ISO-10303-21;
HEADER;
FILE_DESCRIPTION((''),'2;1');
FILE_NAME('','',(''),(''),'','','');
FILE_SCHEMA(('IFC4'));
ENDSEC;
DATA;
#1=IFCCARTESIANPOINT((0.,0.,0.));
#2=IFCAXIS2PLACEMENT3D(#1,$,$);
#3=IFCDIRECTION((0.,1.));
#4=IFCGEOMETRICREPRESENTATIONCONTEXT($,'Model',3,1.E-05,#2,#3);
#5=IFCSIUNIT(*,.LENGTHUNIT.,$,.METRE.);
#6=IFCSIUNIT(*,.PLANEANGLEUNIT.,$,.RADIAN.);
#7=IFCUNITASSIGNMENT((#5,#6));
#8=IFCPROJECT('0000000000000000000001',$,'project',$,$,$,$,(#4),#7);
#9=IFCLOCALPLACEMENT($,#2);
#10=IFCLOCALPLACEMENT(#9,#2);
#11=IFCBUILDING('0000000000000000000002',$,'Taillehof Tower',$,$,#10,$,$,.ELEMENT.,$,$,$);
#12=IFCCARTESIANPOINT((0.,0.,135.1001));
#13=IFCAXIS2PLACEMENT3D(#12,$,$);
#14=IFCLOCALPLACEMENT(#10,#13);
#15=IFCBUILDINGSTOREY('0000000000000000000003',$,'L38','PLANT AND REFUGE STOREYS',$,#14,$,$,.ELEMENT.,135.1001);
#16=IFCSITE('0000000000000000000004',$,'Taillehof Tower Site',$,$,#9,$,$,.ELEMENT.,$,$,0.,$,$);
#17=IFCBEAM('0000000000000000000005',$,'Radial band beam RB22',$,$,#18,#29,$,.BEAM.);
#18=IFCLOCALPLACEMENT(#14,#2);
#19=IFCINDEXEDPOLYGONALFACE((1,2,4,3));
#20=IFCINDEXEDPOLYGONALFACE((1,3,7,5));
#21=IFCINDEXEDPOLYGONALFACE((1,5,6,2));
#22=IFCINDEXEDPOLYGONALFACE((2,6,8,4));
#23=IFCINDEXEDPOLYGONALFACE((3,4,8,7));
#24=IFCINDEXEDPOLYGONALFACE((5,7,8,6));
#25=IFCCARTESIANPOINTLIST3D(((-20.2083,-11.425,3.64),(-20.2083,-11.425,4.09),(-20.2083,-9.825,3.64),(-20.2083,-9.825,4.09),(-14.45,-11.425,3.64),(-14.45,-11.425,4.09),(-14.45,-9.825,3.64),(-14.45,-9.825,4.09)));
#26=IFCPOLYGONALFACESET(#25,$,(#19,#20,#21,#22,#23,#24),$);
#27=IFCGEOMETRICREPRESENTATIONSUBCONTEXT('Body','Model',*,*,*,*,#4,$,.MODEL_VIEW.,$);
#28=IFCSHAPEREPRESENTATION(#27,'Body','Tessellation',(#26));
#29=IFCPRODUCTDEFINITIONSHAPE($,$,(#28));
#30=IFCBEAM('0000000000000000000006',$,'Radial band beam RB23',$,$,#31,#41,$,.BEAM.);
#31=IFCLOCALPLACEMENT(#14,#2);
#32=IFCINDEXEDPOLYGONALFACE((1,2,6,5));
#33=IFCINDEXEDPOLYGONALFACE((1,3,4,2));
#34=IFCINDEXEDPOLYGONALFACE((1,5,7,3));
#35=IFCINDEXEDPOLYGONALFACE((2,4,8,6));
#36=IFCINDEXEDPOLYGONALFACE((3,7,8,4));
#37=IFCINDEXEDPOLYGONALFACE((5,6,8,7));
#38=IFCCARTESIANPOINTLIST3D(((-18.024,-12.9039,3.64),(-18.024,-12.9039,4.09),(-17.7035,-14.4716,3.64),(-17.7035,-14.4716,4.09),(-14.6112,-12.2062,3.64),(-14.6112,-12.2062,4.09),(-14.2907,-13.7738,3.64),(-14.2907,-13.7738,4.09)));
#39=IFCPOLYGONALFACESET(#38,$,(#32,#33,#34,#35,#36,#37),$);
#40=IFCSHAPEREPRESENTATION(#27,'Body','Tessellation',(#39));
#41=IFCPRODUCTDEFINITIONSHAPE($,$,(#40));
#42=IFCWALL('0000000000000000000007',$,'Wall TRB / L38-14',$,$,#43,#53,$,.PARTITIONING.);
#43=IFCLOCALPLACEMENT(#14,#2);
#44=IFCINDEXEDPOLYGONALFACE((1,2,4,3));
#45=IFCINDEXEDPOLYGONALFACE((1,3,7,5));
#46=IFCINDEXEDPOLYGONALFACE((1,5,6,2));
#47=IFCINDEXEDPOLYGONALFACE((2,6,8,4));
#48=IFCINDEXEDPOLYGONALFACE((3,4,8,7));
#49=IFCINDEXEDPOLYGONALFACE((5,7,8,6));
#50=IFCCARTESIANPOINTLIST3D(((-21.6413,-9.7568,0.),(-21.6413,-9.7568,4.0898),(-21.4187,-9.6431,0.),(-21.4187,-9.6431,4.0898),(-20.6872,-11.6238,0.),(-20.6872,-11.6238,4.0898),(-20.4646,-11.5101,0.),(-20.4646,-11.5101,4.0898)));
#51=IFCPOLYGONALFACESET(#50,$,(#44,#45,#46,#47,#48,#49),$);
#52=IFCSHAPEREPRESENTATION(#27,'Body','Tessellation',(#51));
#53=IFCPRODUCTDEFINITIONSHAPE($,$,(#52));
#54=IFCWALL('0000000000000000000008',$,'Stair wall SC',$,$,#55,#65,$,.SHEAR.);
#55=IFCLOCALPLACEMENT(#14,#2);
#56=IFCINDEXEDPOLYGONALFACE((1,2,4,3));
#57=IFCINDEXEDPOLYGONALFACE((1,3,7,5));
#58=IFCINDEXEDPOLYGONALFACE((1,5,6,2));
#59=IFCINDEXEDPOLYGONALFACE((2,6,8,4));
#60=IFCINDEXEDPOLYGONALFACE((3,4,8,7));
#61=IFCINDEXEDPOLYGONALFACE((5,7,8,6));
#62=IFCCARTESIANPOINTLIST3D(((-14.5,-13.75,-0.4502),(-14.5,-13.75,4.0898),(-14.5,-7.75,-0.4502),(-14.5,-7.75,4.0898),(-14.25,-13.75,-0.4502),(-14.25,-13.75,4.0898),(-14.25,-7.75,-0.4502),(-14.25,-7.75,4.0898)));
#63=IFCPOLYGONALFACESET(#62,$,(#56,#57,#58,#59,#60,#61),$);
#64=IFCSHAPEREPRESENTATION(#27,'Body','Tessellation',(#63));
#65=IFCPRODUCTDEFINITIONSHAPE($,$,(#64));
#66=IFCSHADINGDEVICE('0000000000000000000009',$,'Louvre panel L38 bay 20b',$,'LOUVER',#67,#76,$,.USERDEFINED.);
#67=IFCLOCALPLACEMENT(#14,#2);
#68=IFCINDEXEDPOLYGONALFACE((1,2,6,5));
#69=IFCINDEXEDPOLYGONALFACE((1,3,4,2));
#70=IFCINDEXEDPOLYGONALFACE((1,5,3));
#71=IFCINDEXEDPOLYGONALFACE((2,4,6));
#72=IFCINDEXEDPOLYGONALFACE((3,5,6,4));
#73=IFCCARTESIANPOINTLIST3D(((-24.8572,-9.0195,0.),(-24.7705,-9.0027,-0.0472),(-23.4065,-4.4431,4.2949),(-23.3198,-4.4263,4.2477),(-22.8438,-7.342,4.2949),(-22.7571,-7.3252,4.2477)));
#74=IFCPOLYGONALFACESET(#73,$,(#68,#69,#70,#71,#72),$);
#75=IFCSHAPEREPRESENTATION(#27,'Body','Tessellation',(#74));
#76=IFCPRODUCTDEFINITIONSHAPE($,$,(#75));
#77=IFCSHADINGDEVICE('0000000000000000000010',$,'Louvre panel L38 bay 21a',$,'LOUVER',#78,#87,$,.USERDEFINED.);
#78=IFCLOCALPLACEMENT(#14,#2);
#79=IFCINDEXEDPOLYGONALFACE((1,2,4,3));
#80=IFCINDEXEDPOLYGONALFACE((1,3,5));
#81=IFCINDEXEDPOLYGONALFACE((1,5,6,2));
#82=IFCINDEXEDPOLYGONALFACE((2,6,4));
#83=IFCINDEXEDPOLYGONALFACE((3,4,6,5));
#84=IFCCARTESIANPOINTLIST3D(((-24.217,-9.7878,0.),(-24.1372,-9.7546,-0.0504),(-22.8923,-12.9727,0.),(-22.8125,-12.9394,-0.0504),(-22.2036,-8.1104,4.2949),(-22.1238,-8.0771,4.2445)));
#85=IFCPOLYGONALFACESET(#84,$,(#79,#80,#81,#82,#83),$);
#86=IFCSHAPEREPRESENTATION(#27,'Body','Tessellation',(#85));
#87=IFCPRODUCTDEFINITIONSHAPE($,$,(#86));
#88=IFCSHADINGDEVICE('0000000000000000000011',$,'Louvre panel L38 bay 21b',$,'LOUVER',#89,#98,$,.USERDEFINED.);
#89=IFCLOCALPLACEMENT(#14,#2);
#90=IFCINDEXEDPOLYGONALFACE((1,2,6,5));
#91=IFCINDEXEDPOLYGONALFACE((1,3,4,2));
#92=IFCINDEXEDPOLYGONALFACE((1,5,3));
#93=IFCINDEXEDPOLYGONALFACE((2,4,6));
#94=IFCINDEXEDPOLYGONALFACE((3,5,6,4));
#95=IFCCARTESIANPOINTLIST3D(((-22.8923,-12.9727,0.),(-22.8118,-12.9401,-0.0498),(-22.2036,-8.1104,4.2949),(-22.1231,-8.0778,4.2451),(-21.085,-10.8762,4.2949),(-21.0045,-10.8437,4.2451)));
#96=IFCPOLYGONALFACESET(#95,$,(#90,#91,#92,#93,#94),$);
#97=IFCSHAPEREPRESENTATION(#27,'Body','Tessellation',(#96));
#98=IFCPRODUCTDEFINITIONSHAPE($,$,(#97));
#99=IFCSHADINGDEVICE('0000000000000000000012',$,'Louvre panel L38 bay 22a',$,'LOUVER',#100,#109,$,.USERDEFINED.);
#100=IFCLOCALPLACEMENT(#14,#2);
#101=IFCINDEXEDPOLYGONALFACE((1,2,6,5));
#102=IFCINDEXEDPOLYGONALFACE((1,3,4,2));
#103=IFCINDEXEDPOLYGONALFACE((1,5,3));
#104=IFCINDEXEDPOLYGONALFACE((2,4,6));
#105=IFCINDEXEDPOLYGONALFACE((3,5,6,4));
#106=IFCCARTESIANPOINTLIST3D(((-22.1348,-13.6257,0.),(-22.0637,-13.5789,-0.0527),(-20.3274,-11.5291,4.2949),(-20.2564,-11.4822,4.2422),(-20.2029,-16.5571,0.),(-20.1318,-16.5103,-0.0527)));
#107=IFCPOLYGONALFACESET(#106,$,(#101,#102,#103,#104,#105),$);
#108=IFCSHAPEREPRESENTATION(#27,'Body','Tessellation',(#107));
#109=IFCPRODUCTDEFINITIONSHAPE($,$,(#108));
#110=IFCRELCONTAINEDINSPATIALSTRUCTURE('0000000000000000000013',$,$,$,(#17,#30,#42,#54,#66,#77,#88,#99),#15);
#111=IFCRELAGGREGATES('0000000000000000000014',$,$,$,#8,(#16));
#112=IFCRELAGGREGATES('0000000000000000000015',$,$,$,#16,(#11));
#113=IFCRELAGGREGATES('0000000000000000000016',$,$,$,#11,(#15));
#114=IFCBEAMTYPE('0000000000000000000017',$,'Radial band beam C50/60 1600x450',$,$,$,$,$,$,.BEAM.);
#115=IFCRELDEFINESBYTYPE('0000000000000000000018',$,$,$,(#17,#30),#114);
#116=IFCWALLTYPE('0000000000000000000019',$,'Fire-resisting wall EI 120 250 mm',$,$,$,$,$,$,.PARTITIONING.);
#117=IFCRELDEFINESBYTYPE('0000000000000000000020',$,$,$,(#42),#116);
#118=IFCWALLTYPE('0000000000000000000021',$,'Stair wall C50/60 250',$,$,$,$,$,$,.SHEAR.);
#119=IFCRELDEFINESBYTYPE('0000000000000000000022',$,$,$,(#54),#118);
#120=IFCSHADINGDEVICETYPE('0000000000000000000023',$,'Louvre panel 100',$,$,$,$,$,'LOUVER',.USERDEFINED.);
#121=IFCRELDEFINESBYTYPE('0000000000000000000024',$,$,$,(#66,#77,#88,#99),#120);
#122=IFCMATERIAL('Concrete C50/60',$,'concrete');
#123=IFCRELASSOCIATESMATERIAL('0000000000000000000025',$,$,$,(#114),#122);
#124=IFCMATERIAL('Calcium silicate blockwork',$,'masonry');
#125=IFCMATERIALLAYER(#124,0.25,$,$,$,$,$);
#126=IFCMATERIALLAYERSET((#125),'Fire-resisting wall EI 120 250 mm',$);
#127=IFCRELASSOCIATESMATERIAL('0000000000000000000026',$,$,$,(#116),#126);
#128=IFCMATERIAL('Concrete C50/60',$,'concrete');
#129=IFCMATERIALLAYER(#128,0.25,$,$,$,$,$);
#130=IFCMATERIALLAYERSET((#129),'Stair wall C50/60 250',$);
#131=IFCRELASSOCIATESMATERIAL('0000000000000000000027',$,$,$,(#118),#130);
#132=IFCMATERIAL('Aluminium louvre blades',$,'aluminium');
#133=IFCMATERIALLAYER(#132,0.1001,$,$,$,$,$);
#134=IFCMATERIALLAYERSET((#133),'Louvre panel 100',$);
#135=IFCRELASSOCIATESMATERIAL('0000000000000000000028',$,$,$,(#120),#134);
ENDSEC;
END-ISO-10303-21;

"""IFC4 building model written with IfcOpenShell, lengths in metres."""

from ifc_helpers import new_model, si_unit, direction, frame, frame_2d, origin, origin_2d, place, context, subcontext, project, spatial, polyline, rectangle, outline, extrude, material, layer, layer_set, material_profile, profile_set, type_object, element, save


model = new_model("IFC4")

# Units and contexts
model_context = context("Model", 3, precision=1e-05, world=origin(), true_north=direction((0.0, 1.0)))
body_context = subcontext(model_context, "Body", "Model", "MODEL_VIEW")
ifc_project = project(units=[si_unit("LENGTHUNIT", "METRE"), si_unit("PLANEANGLEUNIT", "RADIAN")], contexts=[model_context])

# Site, building, storey
site_placement = place(None, origin())
site = spatial("IfcSite", under=ifc_project, at=site_placement, Name="Taillehof Tower Site", CompositionType="ELEMENT", RefElevation=0.0)
building_placement = place(site_placement, origin())
building = spatial("IfcBuilding", under=site, at=building_placement, Name="Taillehof Tower", CompositionType="ELEMENT")
storey_placement = place(building_placement, frame((0.0, 0.0, 135.1001)))
storey = spatial("IfcBuildingStorey", under=building, at=storey_placement, Name="L38", Description="PLANT AND REFUGE STOREYS", CompositionType="ELEMENT", Elevation=135.1001)

# Beams
ifc_material_1 = material(Name="Concrete C50/60", Category="concrete")
ifc_material_profile_1 = material_profile(ifc_material_1, rectangle(XDim=1.6001, YDim=0.45, at=origin_2d()), Name="RC 1600x450")
ifc_profile_set_1 = profile_set([ifc_material_profile_1], Name="Concrete C50/60")
beam_type = type_object("IfcBeamType", Name="Radial band beam C50/60 1600x450", PredefinedType="BEAM", material=ifc_profile_set_1)
beam_1_placement = place(storey_placement, frame((-20.2083, -10.625, 3.865), z_axis=(1.0, 0.0, 0.0), x_axis=(0.0, 1.0, 0.0)))
element("IfcBeam", 1, at=beam_1_placement, inside=storey, type_object=beam_type, Name="Radial band beam RB22", PredefinedType="BEAM", context=body_context, shape_type="SweptSolid", body=[
    extrude(rectangle(XDim=1.6001, YDim=0.45, at=origin_2d()), origin(), (0.0, 0.0, 1.0), 5.7583),
])
beam_2_placement = place(storey_placement, frame((-17.8638, -13.6877, 3.865), z_axis=(0.979733, 0.200306, 0.0), x_axis=(-0.200306, 0.979733, 0.0)))
element("IfcBeam", 2, at=beam_2_placement, inside=storey, type_object=beam_type, Name="Radial band beam RB23", PredefinedType="BEAM", context=body_context, shape_type="SweptSolid", body=[
    extrude(rectangle(XDim=1.6001, YDim=0.45, at=origin_2d()), origin(), (0.0, 0.0, 1.0), 3.4834),
])

# Walls
ifc_material_2 = material(Name="Calcium silicate blockwork", Category="masonry")
ifc_layer_1 = layer(ifc_material_2, 0.25)
ifc_layer_set_1 = layer_set([ifc_layer_1], Name="Fire-resisting wall EI 120 250 mm")
wall_type_1 = type_object("IfcWallType", Name="Fire-resisting wall EI 120 250 mm", PredefinedType="PARTITIONING", material=ifc_layer_set_1)
wall_1_placement = place(storey_placement, frame((-21.53, -9.7, 0.0), z_axis=(0.0, 0.0, 1.0), x_axis=(0.455068, -0.890457, 0.0)))
element("IfcWall", 3, at=wall_1_placement, inside=storey, type_object=wall_type_1, Name="Wall TRB / L38-14", PredefinedType="PARTITIONING", context=body_context, shape_type="SweptSolid", body=[
    extrude(rectangle(XDim=2.0967, YDim=0.25, at=frame_2d((1.0483, 0.0))), origin(), (0.0, 0.0, 1.0), 4.0898),
])
ifc_material_3 = material(Name="Concrete C50/60", Category="concrete")
ifc_layer_2 = layer(ifc_material_3, 0.25)
ifc_layer_set_2 = layer_set([ifc_layer_2], Name="Stair wall C50/60 250")
wall_type_2 = type_object("IfcWallType", Name="Stair wall C50/60 250", PredefinedType="SHEAR", material=ifc_layer_set_2)
wall_2_placement = place(storey_placement, frame((-14.375, -13.75, -0.4502), z_axis=(0.0, 0.0, 1.0), x_axis=(0.0, 1.0, 0.0)))
element("IfcWall", 4, at=wall_2_placement, inside=storey, type_object=wall_type_2, Name="Stair wall SC", PredefinedType="SHEAR", context=body_context, shape_type="SweptSolid", body=[
    extrude(rectangle(XDim=6.0, YDim=0.25, at=frame_2d((3.0, 0.0))), origin(), (0.0, 0.0, 1.0), 4.54),
])

# Shading devices
ifc_material_4 = material(Name="Aluminium louvre blades", Category="aluminium")
ifc_layer_3 = layer(ifc_material_4, 0.1001)
ifc_layer_set_3 = layer_set([ifc_layer_3], Name="Louvre panel 100")
shading_device_type = type_object("IfcShadingDeviceType", Name="Louvre panel 100", ElementType="LOUVER", PredefinedType="USERDEFINED", material=ifc_layer_set_3)
shading_device_1_placement = place(storey_placement, frame((-24.8572, -9.0195, 0.0), z_axis=(-0.865716, -0.168054, 0.471479), x_axis=(0.400179, 0.333409, 0.853637)))
element("IfcShadingDevice", 5, at=shading_device_1_placement, inside=storey, type_object=shading_device_type, Name="Louvre panel L38 bay 20b", ObjectType="LOUVER", PredefinedType="USERDEFINED", context=body_context, shape_type="SweptSolid", body=[
    extrude(outline(polyline([(0.0, 0.0), (5.0313, 0.0), (5.7727, 2.8585), (0.0, 0.0)])), origin(), (0.0, 0.0, -1.0), 0.1001),
])
shading_device_2_placement = place(storey_placement, frame((-24.217, -9.7878, 0.0), z_axis=(-0.797709, -0.331803, 0.503554), x_axis=(0.384047, -0.923313, 0.0)))
element("IfcShadingDevice", 6, at=shading_device_2_placement, inside=storey, type_object=shading_device_type, Name="Louvre panel L38 bay 21a", ObjectType="LOUVER", PredefinedType="USERDEFINED", context=body_context, shape_type="SweptSolid", body=[
    extrude(outline(polyline([(0.0, 0.0), (3.4493, 0.0), (-0.7756, 4.9712), (0.0, 0.0)])), origin(), (0.0, 0.0, -1.0), 0.1001),
])
shading_device_3_placement = place(storey_placement, frame((-22.8923, -12.9727, 0.0), z_axis=(-0.804311, -0.325303, 0.497254), x_axis=(0.353721, 0.410294, 0.84056)))
element("IfcShadingDevice", 7, at=shading_device_3_placement, inside=storey, type_object=shading_device_type, Name="Louvre panel L38 bay 21b", ObjectType="LOUVER", PredefinedType="USERDEFINED", context=body_context, shape_type="SweptSolid", body=[
    extrude(outline(polyline([(0.0, 0.0), (5.1096, 0.0), (5.8487, 2.8905), (0.0, 0.0)])), origin(), (0.0, 0.0, -1.0), 0.1001),
])
shading_device_4_placement = place(storey_placement, frame((-22.1348, -13.6257, 0.0), z_axis=(-0.70965, -0.467682, 0.526944), x_axis=(0.550279, -0.834981, 0.0)))
element("IfcShadingDevice", 8, at=shading_device_4_placement, inside=storey, type_object=shading_device_type, Name="Louvre panel L38 bay 22a", ObjectType="LOUVER", PredefinedType="USERDEFINED", context=body_context, shape_type="SweptSolid", body=[
    extrude(outline(polyline([(0.0, 0.0), (3.5107, 0.0), (-0.7561, 5.0534), (0.0, 0.0)])), origin(), (0.0, 0.0, -1.0), 0.1001),
])

save(model, "model.ifc")
